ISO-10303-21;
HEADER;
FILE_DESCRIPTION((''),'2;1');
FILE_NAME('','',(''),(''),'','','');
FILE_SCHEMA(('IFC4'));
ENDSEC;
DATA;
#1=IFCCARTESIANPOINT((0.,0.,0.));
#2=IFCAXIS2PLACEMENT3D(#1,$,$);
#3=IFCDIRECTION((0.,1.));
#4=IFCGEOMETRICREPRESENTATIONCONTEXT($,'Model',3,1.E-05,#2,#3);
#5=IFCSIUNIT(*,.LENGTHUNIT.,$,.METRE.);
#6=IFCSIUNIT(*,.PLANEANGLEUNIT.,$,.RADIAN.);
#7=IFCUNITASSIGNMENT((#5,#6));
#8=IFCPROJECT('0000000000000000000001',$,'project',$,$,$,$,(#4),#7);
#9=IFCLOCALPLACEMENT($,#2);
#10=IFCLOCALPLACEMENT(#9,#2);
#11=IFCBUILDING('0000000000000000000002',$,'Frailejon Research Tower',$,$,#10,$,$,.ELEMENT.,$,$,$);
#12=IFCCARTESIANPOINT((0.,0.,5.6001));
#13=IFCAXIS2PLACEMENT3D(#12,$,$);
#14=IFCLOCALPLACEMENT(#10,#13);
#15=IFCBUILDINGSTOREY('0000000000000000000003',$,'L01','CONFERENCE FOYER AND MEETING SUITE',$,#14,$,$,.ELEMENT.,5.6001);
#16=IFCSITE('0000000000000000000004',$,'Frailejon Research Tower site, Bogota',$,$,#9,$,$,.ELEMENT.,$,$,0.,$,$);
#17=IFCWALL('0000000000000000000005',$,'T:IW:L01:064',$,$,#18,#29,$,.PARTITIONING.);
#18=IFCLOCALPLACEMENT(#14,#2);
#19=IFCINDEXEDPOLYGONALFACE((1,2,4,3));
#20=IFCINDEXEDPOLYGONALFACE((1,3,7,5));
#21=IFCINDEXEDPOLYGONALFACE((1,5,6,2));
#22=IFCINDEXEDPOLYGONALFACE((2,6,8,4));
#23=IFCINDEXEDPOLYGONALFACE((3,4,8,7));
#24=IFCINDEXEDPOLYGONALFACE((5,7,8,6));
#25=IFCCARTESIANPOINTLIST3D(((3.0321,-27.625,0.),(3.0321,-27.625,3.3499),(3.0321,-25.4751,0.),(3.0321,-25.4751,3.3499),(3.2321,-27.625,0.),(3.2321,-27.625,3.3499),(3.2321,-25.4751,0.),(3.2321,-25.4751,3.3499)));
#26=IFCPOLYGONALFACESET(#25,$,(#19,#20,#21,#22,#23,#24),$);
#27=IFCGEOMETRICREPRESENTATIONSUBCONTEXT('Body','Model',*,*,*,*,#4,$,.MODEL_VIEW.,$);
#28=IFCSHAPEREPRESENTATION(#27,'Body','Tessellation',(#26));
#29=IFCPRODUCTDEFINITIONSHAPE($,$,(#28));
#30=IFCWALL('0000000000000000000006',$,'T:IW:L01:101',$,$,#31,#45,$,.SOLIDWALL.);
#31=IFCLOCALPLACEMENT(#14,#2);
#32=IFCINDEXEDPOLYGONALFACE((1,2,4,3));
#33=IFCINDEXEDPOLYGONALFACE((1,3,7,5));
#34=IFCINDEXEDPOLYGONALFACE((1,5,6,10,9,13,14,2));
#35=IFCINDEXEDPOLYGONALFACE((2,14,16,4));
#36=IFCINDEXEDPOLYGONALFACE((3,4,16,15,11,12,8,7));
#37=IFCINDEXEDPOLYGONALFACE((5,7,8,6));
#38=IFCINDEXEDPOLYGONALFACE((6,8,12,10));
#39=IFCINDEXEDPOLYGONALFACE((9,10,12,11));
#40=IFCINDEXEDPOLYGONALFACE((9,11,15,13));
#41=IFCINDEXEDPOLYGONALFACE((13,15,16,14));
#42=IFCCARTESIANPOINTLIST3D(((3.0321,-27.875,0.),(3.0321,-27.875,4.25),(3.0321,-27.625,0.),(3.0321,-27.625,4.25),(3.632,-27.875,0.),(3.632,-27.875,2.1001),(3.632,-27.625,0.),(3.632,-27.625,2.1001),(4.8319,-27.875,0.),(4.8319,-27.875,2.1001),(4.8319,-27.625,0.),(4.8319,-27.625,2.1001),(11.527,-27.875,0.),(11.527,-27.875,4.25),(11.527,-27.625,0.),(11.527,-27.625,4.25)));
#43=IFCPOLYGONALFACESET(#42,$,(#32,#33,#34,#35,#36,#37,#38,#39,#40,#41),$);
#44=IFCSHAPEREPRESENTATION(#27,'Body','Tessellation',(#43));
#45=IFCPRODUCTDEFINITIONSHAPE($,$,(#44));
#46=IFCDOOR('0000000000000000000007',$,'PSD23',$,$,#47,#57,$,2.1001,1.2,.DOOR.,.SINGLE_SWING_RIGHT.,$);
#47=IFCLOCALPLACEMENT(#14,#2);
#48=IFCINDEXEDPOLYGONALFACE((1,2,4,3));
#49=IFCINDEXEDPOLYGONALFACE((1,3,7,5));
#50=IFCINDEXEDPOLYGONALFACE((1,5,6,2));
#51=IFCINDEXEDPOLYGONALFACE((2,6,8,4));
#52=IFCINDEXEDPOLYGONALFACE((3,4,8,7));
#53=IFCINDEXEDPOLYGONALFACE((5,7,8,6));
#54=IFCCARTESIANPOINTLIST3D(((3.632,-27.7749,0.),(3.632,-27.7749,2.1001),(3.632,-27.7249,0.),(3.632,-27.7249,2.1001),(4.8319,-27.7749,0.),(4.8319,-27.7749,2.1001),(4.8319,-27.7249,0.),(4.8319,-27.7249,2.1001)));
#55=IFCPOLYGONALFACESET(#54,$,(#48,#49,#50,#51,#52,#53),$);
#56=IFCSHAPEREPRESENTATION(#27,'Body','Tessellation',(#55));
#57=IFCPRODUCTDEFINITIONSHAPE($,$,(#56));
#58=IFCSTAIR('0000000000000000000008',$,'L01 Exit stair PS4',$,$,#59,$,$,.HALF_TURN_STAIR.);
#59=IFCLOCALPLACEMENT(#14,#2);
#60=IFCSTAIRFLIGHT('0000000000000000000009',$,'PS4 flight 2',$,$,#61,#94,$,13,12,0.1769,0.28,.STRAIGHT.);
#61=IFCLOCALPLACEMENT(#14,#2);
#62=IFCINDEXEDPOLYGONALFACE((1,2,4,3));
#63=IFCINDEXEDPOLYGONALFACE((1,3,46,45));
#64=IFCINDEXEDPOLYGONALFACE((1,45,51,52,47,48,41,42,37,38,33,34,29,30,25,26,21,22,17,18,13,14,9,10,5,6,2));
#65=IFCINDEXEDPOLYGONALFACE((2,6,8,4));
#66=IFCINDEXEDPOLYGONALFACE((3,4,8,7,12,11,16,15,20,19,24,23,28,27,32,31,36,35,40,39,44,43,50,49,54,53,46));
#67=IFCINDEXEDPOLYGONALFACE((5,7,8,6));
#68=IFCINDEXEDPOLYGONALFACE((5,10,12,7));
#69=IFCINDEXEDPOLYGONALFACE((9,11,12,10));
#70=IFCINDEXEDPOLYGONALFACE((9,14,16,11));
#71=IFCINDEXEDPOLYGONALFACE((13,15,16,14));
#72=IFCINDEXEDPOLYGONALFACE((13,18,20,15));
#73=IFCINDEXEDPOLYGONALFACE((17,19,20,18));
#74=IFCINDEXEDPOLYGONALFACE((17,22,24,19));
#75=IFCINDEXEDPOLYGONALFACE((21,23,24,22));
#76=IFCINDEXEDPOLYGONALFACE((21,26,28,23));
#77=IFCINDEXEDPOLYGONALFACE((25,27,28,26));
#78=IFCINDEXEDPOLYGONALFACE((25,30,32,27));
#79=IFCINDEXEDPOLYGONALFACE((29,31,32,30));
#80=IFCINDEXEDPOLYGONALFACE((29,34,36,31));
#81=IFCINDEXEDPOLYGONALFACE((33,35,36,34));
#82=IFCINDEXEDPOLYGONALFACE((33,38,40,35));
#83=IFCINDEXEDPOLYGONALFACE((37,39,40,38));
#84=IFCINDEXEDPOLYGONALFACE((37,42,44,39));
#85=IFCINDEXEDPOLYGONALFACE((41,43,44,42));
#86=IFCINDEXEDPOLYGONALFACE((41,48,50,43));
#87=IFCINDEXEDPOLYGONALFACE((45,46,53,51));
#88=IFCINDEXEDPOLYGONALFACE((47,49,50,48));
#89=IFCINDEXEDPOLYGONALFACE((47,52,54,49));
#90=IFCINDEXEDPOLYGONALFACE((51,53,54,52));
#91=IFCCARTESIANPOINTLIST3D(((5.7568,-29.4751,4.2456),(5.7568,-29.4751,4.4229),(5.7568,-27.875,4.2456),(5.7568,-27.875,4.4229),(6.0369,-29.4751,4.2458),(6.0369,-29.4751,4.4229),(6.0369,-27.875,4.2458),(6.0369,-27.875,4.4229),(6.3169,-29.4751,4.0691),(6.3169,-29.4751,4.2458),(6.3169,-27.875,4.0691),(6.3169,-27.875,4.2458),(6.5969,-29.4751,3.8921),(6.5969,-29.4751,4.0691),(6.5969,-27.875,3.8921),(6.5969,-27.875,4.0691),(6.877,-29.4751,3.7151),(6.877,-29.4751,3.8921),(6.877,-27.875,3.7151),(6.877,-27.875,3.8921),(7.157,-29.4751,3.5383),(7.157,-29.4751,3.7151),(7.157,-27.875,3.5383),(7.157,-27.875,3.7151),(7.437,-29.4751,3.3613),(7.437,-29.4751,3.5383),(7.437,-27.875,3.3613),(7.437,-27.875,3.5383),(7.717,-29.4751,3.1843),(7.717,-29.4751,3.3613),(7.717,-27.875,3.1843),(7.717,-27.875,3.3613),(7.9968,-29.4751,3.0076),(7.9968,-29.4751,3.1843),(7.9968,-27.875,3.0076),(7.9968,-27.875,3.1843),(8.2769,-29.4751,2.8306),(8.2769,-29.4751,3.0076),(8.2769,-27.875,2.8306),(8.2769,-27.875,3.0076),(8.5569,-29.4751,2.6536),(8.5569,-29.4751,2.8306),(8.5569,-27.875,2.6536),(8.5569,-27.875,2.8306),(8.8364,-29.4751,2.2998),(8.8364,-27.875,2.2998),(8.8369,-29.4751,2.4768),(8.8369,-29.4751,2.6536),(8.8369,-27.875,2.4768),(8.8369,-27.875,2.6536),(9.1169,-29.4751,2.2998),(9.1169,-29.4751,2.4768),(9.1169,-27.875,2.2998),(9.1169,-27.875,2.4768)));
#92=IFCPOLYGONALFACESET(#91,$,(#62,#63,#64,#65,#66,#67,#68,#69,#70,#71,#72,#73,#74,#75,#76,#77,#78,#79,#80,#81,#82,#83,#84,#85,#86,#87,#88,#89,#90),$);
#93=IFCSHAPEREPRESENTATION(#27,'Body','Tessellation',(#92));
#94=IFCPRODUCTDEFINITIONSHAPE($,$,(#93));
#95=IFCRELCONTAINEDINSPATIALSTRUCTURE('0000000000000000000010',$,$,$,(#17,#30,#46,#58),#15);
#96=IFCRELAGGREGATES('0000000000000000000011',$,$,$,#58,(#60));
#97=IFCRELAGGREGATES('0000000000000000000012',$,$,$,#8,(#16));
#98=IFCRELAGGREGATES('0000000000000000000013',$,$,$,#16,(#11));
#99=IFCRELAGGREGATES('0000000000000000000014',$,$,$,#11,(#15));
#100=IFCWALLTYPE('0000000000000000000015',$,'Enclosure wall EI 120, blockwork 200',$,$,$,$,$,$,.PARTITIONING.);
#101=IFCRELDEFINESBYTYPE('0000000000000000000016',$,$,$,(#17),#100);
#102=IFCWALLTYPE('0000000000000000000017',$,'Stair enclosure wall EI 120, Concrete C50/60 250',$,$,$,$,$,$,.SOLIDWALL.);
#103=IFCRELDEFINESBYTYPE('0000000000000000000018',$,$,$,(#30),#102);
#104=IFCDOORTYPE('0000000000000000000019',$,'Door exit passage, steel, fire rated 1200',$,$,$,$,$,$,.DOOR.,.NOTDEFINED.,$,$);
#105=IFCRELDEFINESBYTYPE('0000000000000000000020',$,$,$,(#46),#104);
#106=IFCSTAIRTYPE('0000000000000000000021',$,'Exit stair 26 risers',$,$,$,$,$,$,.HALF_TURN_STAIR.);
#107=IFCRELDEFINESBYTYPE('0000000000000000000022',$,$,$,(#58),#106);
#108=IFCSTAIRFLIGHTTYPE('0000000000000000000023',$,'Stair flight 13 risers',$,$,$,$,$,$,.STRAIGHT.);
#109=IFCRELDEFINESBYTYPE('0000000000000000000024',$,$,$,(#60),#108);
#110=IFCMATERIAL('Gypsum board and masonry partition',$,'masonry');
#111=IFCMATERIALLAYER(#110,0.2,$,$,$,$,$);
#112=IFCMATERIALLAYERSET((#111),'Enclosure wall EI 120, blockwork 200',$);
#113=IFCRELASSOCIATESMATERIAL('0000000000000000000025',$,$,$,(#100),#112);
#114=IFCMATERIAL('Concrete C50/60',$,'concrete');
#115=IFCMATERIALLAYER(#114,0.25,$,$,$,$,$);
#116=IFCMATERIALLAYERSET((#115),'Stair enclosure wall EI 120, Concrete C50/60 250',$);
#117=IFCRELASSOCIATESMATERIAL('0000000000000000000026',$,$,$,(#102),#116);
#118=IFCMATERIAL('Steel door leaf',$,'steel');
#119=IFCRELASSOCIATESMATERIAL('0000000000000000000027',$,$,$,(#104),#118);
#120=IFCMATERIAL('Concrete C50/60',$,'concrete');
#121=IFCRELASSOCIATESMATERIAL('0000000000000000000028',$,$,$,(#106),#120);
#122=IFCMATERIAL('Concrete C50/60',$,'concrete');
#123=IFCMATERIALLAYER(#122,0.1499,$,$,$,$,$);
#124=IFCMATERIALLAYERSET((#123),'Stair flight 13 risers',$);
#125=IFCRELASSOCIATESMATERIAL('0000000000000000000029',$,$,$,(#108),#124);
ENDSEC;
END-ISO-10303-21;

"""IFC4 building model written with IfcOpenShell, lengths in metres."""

from ifc_helpers import new_model, si_unit, direction, frame, frame_2d, origin, place, context, subcontext, project, spatial, polyline, rectangle, outline, extrude, material, layer, layer_set, type_object, element, fill, aggregate, save


model = new_model("IFC4")

# Units and contexts
model_context = context("Model", 3, precision=1e-05, world=origin(), true_north=direction((0.0, 1.0)))
body_context = subcontext(model_context, "Body", "Model", "MODEL_VIEW")
ifc_project = project(units=[si_unit("LENGTHUNIT", "METRE"), si_unit("PLANEANGLEUNIT", "RADIAN")], contexts=[model_context])

# Site, building, storey
site_placement = place(None, origin())
site = spatial("IfcSite", under=ifc_project, at=site_placement, Name="Frailejon Research Tower site, Bogota", CompositionType="ELEMENT", RefElevation=0.0)
building_placement = place(site_placement, origin())
building = spatial("IfcBuilding", under=site, at=building_placement, Name="Frailejon Research Tower", CompositionType="ELEMENT")
storey_placement = place(building_placement, frame((0.0, 0.0, 5.6001)))
storey = spatial("IfcBuildingStorey", under=building, at=storey_placement, Name="L01", Description="CONFERENCE FOYER AND MEETING SUITE", CompositionType="ELEMENT", Elevation=5.6001)

# Wall
ifc_material_1 = material(Name="Gypsum board and masonry partition", Category="masonry")
ifc_layer_1 = layer(ifc_material_1, 0.2)
ifc_layer_set_1 = layer_set([ifc_layer_1], Name="Enclosure wall EI 120, blockwork 200")
wall_type_1 = type_object("IfcWallType", Name="Enclosure wall EI 120, blockwork 200", PredefinedType="PARTITIONING", material=ifc_layer_set_1)
for number, where, z_axis, x_axis, name in (
    (1, (3.1321, -27.625, 0.0), (0.0, 0.0, 1.0), (0.0, 1.0, 0.0), "T:IW:L01:064"),
):
    element("IfcWall", number, at=place(storey_placement, frame(where, z_axis=z_axis, x_axis=x_axis)), inside=storey, type_object=wall_type_1, Name=name, PredefinedType="PARTITIONING", context=body_context, shape_type="SweptSolid", body=[
        extrude(rectangle(XDim=2.1499, YDim=0.2, at=frame_2d((1.075, 0.0))), origin(), (0.0, 0.0, 1.0), 3.3499),
    ])

# Wall, opening, door
ifc_material_2 = material(Name="Concrete C50/60", Category="concrete")
ifc_layer_2 = layer(ifc_material_2, 0.25)
ifc_layer_set_2 = layer_set([ifc_layer_2], Name="Stair enclosure wall EI 120, Concrete C50/60 250")
wall_type_2 = type_object("IfcWallType", Name="Stair enclosure wall EI 120, Concrete C50/60 250", PredefinedType="SOLIDWALL", material=ifc_layer_set_2)
wall_1_placement = place(storey_placement, frame((3.032, -27.75, 0.0), z_axis=(0.0, 0.0, 1.0), x_axis=(1.0, 0.0, 0.0)))
wall_1 = element("IfcWall", 2, at=wall_1_placement, inside=storey, type_object=wall_type_2, Name="T:IW:L01:101", PredefinedType="SOLIDWALL", context=body_context, shape_type="SweptSolid", body=[
    extrude(rectangle(XDim=8.4949, YDim=0.25, at=frame_2d((4.2476, 0.0))), origin(), (0.0, 0.0, 1.0), 4.25),
])
opening_placement = place(wall_1_placement, frame((1.8, 0.0, 0.0), z_axis=(0.0, 0.0, 1.0), x_axis=(-1.0, 0.0, 0.0)))
opening = element("IfcOpeningElement", 3, at=opening_placement, cuts=wall_1, PredefinedType="OPENING", context=body_context, shape_type="SweptSolid", body=[
    extrude(rectangle(XDim=1.2, YDim=2.1001, at=frame_2d((0.6001, 1.05))), frame((0.0, 0.135, 0.0), z_axis=(0.0, -1.0, 0.0), x_axis=(1.0, 0.0, 0.0)), (0.0, 0.0, 1.0), 0.27),
])
ifc_material_3 = material(Name="Steel door leaf", Category="steel")
door_type = type_object("IfcDoorType", Name="Door exit passage, steel, fire rated 1200", OperationType="NOTDEFINED", PredefinedType="DOOR", material=ifc_material_3)
door_placement = place(opening_placement, origin())
door = element("IfcDoor", 4, at=door_placement, inside=storey, type_object=door_type, Name="PSD23", OperationType="SINGLE_SWING_RIGHT", OverallHeight=2.1001, OverallWidth=1.2, PredefinedType="DOOR", context=body_context, shape_type="SweptSolid", body=[
    extrude(rectangle(XDim=1.2, YDim=2.1001, at=frame_2d((0.6001, 1.05))), frame((0.0, 0.0249, 0.0), z_axis=(0.0, -1.0, 0.0), x_axis=(1.0, 0.0, 0.0)), (0.0, 0.0, 1.0), 0.05),
])
fill(opening, door)

# Stair, stair flight
ifc_material_4 = material(Name="Concrete C50/60", Category="concrete")
stair_type = type_object("IfcStairType", Name="Exit stair 26 risers", PredefinedType="HALF_TURN_STAIR", material=ifc_material_4)
stair_placement = place(storey_placement, origin())
stair = element("IfcStair", 5, at=stair_placement, inside=storey, type_object=stair_type, Name="L01 Exit stair PS4", PredefinedType="HALF_TURN_STAIR")
ifc_material_5 = material(Name="Concrete C50/60", Category="concrete")
ifc_layer_3 = layer(ifc_material_5, 0.1499)
ifc_layer_set_3 = layer_set([ifc_layer_3], Name="Stair flight 13 risers")
stair_flight_type = type_object("IfcStairFlightType", Name="Stair flight 13 risers", PredefinedType="STRAIGHT", material=ifc_layer_set_3)
stair_flight_placement = place(storey_placement, frame((9.1169, -28.675, 2.2998), z_axis=(0.0, 0.0, 1.0), x_axis=(-1.0, 0.0, 0.0)))
stair_flight = element("IfcStairFlight", 6, at=stair_flight_placement, type_object=stair_flight_type, Name="PS4 flight 2", NumberOfRisers=13, NumberOfTreads=12, PredefinedType="STRAIGHT", RiserHeight=0.1769, TreadLength=0.28, context=body_context, shape_type="SweptSolid", body=[
    extrude(outline(polyline([(0.0, 0.0), (0.0, 0.177), (0.28, 0.177), (0.28, 0.3538), (0.5601, 0.3538), (0.5601, 0.5308), (0.8401, 0.5308), (0.8401, 0.7078), (1.1201, 0.7078), (1.1201, 0.8845), (1.3999, 0.8845), (1.3999, 1.0615), (1.6799, 1.0615), (1.6799, 1.2385), (1.96, 1.2385), (1.96, 1.4153), (2.24, 1.4153), (2.24, 1.5923), (2.52, 1.5923), (2.52, 1.7693), (2.8, 1.7693), (2.8, 1.946), (3.0801, 1.946), (3.0801, 2.123), (3.3601, 2.123), (3.3601, 2.3), (3.3601, 1.9458), (0.2805, 0.0), (0.0, 0.0)])), frame((0.0, 0.8, 0.0), z_axis=(0.0, -1.0, 0.0), x_axis=(1.0, 0.0, 0.0)), (0.0, 0.0, 1.0), 1.6001),
])
aggregate(stair, [stair_flight])

save(model, "model.ifc")
